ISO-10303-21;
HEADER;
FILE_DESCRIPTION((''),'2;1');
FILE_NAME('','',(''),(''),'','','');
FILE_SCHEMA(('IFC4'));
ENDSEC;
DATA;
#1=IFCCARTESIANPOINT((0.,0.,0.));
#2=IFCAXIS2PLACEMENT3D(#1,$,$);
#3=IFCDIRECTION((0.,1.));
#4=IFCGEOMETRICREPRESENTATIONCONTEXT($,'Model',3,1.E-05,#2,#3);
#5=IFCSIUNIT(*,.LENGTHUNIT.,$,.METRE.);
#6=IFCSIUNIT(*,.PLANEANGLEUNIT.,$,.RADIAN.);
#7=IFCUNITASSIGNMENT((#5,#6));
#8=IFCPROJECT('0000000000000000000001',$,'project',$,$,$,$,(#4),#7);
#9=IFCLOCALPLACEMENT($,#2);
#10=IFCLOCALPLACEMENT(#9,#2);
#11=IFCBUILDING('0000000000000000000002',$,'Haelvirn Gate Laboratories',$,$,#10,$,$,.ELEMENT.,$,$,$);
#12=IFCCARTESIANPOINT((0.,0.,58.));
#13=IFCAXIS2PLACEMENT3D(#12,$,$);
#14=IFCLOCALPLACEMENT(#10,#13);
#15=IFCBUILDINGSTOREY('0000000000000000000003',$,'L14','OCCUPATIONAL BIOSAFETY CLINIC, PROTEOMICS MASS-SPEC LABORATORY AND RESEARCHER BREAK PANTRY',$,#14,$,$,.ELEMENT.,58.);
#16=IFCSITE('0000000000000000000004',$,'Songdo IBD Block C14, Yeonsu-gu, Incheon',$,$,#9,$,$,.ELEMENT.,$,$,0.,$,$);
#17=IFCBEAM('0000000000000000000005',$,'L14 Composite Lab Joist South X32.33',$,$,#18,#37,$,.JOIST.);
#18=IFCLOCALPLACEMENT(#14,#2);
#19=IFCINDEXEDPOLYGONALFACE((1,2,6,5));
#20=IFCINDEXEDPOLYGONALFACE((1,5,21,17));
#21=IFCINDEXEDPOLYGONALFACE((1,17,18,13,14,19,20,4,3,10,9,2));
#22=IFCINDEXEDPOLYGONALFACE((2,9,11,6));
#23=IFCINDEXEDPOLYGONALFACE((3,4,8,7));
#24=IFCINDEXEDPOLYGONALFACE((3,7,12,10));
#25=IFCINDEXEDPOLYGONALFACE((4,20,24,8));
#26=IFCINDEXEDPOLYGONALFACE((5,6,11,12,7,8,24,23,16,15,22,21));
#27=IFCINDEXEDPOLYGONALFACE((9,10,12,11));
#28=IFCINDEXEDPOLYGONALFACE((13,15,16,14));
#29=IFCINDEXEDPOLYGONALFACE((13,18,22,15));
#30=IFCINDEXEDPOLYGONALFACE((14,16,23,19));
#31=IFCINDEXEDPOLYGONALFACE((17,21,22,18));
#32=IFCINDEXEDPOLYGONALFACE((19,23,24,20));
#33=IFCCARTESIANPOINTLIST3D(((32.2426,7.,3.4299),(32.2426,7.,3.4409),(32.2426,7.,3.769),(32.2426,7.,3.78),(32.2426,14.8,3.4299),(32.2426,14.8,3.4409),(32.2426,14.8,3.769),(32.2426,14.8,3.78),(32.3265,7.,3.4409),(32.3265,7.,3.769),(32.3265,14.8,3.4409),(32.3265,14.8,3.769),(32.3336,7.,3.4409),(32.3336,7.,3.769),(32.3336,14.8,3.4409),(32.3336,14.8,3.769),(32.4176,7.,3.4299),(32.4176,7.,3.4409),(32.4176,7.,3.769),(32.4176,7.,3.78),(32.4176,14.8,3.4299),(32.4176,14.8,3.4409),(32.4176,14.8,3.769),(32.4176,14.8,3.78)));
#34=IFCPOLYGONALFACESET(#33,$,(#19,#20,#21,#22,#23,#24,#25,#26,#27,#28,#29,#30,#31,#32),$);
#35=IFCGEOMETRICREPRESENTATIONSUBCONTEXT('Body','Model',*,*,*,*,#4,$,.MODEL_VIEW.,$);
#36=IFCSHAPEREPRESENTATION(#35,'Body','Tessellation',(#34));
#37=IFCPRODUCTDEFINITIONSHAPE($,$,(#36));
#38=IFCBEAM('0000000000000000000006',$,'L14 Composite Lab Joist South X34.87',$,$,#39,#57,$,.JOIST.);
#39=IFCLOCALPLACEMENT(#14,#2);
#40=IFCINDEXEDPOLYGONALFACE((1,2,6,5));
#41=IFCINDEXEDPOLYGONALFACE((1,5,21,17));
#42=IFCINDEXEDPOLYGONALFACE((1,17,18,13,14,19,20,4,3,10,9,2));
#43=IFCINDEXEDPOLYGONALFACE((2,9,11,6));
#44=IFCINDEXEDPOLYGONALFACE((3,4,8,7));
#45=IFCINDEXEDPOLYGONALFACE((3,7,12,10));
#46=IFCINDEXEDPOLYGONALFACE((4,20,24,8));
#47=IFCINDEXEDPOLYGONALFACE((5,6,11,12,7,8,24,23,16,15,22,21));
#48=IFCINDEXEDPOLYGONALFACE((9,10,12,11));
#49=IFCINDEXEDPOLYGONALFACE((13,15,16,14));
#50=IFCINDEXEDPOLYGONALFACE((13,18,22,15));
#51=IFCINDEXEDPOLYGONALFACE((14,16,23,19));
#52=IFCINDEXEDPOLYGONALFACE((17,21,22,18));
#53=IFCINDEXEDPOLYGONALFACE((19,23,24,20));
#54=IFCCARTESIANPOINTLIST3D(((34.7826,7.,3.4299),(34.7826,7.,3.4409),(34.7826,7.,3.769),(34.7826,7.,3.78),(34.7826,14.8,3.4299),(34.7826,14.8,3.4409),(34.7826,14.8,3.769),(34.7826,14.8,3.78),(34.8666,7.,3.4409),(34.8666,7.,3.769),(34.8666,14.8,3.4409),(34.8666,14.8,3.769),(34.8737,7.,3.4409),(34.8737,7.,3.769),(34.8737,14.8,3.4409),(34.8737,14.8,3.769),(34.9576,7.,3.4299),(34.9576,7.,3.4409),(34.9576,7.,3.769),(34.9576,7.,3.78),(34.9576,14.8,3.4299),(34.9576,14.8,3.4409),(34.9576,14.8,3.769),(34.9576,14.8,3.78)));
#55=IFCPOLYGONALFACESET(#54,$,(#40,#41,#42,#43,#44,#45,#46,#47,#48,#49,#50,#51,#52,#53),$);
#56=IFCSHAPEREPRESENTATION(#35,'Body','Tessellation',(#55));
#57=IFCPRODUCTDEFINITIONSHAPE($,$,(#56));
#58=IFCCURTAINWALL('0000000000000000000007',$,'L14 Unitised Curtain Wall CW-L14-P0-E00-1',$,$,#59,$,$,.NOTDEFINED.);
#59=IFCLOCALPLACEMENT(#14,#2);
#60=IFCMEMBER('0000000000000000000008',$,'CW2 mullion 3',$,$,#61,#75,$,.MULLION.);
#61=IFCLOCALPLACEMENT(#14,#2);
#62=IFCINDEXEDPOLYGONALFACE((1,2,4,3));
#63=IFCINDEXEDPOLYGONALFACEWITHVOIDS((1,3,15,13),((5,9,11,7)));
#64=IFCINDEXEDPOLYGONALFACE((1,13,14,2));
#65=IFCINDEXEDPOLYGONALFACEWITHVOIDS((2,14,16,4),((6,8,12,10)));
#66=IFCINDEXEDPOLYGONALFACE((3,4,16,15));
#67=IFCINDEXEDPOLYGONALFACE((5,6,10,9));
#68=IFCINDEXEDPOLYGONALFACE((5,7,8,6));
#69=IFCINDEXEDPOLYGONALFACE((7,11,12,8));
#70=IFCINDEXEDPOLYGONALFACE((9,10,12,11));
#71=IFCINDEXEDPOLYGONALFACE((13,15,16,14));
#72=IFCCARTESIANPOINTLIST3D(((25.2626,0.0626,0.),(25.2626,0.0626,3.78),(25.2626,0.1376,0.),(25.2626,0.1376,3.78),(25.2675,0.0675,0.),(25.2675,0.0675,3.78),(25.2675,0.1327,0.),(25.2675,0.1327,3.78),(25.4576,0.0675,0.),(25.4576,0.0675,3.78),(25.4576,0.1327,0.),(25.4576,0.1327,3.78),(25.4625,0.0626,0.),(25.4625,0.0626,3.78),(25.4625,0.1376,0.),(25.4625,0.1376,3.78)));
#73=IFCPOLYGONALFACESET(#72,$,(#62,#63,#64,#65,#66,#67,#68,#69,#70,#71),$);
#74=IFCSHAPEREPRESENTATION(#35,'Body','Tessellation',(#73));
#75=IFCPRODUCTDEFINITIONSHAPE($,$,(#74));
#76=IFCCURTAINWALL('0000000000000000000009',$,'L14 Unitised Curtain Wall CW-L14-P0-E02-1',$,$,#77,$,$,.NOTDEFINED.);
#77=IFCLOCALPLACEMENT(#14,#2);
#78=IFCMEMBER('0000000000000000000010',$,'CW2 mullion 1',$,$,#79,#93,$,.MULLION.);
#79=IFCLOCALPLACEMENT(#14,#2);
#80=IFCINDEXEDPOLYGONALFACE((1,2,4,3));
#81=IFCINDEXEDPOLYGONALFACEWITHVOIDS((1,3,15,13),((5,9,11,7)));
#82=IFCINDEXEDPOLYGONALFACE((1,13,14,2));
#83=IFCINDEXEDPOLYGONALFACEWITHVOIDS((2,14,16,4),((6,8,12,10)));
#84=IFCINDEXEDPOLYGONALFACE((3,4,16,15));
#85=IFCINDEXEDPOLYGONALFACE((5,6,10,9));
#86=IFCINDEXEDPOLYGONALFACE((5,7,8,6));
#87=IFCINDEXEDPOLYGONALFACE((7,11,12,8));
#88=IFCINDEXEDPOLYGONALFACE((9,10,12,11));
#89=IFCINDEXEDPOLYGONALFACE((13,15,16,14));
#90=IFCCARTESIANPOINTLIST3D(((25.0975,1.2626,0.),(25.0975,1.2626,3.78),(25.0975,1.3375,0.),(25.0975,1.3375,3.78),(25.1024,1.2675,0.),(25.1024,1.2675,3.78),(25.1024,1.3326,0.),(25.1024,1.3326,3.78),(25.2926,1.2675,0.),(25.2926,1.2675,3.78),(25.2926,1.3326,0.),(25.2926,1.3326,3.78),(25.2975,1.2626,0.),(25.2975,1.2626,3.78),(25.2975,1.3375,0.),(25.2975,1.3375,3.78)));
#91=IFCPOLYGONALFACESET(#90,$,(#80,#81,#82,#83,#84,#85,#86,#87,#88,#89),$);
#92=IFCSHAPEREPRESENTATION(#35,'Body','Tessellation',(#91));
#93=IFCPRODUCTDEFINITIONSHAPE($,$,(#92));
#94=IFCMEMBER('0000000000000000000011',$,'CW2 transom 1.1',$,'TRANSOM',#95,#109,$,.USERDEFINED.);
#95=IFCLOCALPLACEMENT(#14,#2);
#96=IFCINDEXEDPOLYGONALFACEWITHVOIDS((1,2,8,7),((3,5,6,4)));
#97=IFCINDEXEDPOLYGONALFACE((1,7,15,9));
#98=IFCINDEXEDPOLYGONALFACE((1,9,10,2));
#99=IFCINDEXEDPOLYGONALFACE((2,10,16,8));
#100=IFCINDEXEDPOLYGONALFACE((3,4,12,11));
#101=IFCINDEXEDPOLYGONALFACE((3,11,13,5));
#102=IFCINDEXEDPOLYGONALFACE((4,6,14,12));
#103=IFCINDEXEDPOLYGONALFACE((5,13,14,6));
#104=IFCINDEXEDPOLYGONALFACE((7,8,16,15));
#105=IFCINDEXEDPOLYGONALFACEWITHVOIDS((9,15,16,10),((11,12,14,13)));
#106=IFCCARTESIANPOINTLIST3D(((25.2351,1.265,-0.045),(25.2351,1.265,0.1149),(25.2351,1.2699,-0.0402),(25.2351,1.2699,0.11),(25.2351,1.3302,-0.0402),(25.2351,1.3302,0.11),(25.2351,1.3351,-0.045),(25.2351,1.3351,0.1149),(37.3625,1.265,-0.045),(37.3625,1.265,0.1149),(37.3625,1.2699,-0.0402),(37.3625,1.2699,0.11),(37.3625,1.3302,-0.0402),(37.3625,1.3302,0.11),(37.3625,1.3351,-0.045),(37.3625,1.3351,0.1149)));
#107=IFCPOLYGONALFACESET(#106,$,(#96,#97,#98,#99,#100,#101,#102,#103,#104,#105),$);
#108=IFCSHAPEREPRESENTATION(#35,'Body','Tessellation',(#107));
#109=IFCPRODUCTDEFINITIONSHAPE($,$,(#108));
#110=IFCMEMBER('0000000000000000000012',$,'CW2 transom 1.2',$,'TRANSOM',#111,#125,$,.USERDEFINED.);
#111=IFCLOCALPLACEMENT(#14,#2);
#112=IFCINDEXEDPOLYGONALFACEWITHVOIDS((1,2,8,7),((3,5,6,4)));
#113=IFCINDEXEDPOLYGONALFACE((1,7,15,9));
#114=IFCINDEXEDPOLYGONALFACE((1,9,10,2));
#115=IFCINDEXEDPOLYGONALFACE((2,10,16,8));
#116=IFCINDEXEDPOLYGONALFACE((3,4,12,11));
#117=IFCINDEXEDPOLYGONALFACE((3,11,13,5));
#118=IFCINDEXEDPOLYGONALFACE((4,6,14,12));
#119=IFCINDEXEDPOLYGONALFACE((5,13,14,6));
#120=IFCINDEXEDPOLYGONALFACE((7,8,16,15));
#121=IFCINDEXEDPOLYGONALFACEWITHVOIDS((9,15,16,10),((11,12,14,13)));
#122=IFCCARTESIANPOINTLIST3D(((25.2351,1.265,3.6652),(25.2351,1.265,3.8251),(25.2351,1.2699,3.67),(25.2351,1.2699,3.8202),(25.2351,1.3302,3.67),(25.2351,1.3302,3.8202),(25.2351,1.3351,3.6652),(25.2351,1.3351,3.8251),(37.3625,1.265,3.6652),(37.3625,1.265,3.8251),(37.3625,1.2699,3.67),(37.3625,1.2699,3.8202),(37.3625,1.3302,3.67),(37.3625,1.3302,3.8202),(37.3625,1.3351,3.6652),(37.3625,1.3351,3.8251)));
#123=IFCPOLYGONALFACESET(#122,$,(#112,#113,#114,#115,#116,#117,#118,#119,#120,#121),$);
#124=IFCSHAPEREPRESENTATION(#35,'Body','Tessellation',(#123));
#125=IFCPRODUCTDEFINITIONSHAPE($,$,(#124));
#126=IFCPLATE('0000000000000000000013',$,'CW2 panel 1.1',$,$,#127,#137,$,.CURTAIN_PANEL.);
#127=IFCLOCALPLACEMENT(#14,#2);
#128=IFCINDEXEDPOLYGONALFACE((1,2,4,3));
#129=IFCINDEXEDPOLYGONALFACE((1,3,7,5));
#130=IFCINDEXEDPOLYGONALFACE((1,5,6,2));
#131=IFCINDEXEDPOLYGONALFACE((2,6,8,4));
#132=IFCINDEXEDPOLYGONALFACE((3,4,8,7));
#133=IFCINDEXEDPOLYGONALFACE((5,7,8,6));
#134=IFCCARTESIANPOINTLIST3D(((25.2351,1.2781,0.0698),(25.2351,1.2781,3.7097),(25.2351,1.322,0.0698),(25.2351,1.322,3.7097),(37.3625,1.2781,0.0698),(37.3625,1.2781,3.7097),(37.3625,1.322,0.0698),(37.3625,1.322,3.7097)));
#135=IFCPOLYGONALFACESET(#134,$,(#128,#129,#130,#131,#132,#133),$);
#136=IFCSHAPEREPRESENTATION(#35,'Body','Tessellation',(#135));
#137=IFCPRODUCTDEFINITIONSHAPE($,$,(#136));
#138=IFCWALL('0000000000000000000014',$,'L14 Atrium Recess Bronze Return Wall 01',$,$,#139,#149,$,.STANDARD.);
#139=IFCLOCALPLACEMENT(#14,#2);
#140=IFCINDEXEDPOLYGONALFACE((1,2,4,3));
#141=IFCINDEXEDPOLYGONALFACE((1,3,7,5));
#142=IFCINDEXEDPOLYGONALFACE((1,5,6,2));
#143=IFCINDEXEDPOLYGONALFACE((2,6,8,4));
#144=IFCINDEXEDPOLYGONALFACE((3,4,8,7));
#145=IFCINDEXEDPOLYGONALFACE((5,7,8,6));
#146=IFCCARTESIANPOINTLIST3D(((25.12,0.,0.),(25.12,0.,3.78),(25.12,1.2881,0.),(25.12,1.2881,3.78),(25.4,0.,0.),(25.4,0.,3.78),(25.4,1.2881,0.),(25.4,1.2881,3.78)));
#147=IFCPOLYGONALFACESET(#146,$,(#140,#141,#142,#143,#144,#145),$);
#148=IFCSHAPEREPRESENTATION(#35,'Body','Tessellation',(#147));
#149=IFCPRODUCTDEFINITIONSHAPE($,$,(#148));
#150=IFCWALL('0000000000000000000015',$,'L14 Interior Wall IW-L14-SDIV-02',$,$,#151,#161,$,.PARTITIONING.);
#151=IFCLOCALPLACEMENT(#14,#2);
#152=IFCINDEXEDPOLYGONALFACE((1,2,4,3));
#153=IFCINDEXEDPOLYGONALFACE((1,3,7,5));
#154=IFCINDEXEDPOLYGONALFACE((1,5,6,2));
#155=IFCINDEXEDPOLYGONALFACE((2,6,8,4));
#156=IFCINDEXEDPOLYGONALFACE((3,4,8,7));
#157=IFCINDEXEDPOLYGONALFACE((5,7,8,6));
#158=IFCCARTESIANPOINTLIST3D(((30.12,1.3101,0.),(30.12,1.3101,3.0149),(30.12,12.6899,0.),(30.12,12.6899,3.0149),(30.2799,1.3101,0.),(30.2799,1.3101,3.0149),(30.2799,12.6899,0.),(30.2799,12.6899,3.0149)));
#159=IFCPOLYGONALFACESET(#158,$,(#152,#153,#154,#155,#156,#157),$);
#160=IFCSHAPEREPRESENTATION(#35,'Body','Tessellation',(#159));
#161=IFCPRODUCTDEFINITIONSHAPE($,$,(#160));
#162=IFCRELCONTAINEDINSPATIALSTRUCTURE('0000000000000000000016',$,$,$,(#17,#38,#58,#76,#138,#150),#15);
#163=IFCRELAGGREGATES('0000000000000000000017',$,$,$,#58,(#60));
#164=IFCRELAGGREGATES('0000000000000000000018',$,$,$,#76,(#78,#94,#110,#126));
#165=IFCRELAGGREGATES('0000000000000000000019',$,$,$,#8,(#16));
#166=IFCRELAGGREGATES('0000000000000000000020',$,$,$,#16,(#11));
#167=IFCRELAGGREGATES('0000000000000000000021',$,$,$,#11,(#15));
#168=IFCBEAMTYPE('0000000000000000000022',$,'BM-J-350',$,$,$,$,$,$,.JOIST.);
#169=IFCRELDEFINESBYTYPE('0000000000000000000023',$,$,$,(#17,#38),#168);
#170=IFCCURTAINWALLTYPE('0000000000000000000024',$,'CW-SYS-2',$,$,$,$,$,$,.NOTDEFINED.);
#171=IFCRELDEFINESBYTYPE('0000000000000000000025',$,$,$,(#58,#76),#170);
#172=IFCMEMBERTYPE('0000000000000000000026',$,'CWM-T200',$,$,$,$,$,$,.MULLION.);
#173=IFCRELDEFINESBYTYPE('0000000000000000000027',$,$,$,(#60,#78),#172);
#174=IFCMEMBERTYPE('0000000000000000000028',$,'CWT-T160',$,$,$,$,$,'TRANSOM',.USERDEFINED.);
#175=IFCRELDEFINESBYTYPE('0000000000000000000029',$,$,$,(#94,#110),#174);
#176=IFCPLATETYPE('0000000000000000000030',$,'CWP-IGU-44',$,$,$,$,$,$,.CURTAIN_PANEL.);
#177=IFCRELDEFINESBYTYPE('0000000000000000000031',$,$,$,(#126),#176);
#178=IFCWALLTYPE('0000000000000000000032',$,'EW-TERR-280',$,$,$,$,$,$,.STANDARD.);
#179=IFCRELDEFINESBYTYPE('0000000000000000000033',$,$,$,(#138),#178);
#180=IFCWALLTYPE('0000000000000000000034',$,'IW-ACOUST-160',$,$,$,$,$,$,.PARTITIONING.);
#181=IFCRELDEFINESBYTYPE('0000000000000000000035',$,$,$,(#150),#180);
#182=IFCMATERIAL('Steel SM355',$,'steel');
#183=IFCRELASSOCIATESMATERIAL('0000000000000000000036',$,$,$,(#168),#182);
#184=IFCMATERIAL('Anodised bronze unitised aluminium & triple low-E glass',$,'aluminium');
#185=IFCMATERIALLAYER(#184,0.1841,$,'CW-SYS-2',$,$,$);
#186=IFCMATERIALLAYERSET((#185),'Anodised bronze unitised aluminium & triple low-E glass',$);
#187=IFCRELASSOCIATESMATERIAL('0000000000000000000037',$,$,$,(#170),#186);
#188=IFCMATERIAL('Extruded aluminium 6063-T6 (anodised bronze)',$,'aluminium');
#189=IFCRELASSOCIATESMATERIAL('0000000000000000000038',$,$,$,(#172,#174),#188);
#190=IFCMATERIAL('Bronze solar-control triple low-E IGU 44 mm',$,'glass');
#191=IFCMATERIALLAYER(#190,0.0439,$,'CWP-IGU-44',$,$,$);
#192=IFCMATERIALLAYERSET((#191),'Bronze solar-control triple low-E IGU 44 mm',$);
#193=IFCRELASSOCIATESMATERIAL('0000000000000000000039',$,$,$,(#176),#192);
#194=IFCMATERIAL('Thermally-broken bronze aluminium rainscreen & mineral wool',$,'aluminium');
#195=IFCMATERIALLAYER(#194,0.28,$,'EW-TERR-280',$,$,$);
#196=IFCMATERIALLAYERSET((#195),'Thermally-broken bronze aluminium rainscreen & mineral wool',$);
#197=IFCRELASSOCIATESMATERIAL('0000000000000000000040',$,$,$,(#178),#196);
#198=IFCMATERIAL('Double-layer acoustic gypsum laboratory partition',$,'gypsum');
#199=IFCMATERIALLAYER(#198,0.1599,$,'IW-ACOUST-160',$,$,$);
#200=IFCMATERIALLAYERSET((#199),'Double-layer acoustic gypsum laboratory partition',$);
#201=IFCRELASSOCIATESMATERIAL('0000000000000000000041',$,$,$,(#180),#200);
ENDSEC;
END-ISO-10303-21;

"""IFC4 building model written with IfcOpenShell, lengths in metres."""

from ifc_helpers import new_model, si_unit, direction, frame, frame_2d, origin, origin_2d, place, context, subcontext, project, spatial, rectangle, hollow_rectangle, i_section, extrude, source, transform, mapped, material, layer, layer_set, material_profile, profile_set, type_object, type_shapes, element, aggregate, save


model = new_model("IFC4")

# Units and contexts
model_context = context("Model", 3, precision=1e-05, world=origin(), true_north=direction((0.0, 1.0)))
body_context = subcontext(model_context, "Body", "Model", "MODEL_VIEW")
ifc_project = project(units=[si_unit("LENGTHUNIT", "METRE"), si_unit("PLANEANGLEUNIT", "RADIAN")], contexts=[model_context])

# Site, building, storey
site_placement = place(None, origin())
site = spatial("IfcSite", under=ifc_project, at=site_placement, Name="Songdo IBD Block C14, Yeonsu-gu, Incheon", CompositionType="ELEMENT", RefElevation=0.0)
building_placement = place(site_placement, origin())
building = spatial("IfcBuilding", under=site, at=building_placement, Name="Haelvirn Gate Laboratories", CompositionType="ELEMENT")
storey_placement = place(building_placement, frame((0.0, 0.0, 58.0)))
storey = spatial("IfcBuildingStorey", under=building, at=storey_placement, Name="L14", Description="OCCUPATIONAL BIOSAFETY CLINIC, PROTEOMICS MASS-SPEC LABORATORY AND RESEARCHER BREAK PANTRY", CompositionType="ELEMENT", Elevation=58.0)

# Beams
ifc_material_1 = material(Name="Steel SM355", Category="steel")
ifc_material_profile_1 = material_profile(ifc_material_1, i_section(OverallWidth=0.175, OverallDepth=0.3501, WebThickness=0.0071, FlangeThickness=0.011, at=origin_2d()), Name="H-350x175x7x11")
ifc_profile_set_1 = profile_set([ifc_material_profile_1], Name="Steel SM355")
beam_type_1 = type_object("IfcBeamType", Name="BM-J-350", PredefinedType="JOIST", material=ifc_profile_set_1)
shared_shape_1 = source(origin(), body_context, "Body", "SweptSolid", [
    extrude(i_section(OverallWidth=0.175, OverallDepth=0.3501, WebThickness=0.0071, FlangeThickness=0.011, at=origin_2d()), origin(), (0.0, 0.0, 1.0), 7.8),
])
type_shapes(beam_type_1, [shared_shape_1])
for number, where, z_axis, x_axis, name in (
    (1, (32.3301, 7.0, 3.605), (0.0, 1.0, 0.0), (-1.0, 0.0, 0.0), "L14 Composite Lab Joist South X32.33"),
    (2, (34.8701, 7.0, 3.605), (0.0, 1.0, 0.0), (-1.0, 0.0, 0.0), "L14 Composite Lab Joist South X34.87"),
):
    element("IfcBeam", number, at=place(storey_placement, frame(where, z_axis=z_axis, x_axis=x_axis)), inside=storey, type_object=beam_type_1, Name=name, PredefinedType="JOIST", context=body_context, shape_type="MappedRepresentation", body=[
        mapped(shared_shape_1, transform((0.0, 0.0, 0.0), scale=1.0)),
    ])

# Curtain wall, member
ifc_material_2 = material(Name="Anodised bronze unitised aluminium & triple low-E glass", Category="aluminium")
ifc_layer_1 = layer(ifc_material_2, 0.1841, Name="CW-SYS-2")
ifc_layer_set_1 = layer_set([ifc_layer_1], Name="Anodised bronze unitised aluminium & triple low-E glass")
curtain_wall_type = type_object("IfcCurtainWallType", Name="CW-SYS-2", PredefinedType="NOTDEFINED", material=ifc_layer_set_1)
curtain_wall_1_placement = place(storey_placement, origin())
curtain_wall_1 = element("IfcCurtainWall", 3, at=curtain_wall_1_placement, inside=storey, type_object=curtain_wall_type, Name="L14 Unitised Curtain Wall CW-L14-P0-E00-1", PredefinedType="NOTDEFINED")
ifc_material_3 = material(Name="Extruded aluminium 6063-T6 (anodised bronze)", Category="aluminium")
ifc_material_profile_2 = material_profile(ifc_material_3, hollow_rectangle(XDim=0.075, YDim=0.2, WallThickness=0.0049, at=origin_2d()), Name="CWM-200x75x5")
ifc_profile_set_2 = profile_set([ifc_material_profile_2], Name="Extruded aluminium 6063-T6 (anodised bronze)")
member_type_1 = type_object("IfcMemberType", Name="CWM-T200", PredefinedType="MULLION", material=ifc_profile_set_2)
shared_shape_2 = source(origin(), body_context, "Body", "SweptSolid", [
    extrude(hollow_rectangle(XDim=0.075, YDim=0.2, WallThickness=0.0049, at=origin_2d()), origin(), (0.0, 0.0, 1.0), 3.78),
])
type_shapes(member_type_1, [shared_shape_2])
member_1_placement = place(storey_placement, frame((25.3625, 0.1001, 0.0), z_axis=(0.0, 0.0, 1.0), x_axis=(0.0, 1.0, 0.0)))
member_1 = element("IfcMember", 4, at=member_1_placement, type_object=member_type_1, Name="CW2 mullion 3", PredefinedType="MULLION", context=body_context, shape_type="MappedRepresentation", body=[
    mapped(shared_shape_2, transform((0.0, 0.0, 0.0), scale=1.0)),
])
aggregate(curtain_wall_1, [member_1])

# Curtain wall, members, plate
curtain_wall_2_placement = place(storey_placement, origin())
curtain_wall_2 = element("IfcCurtainWall", 5, at=curtain_wall_2_placement, inside=storey, type_object=curtain_wall_type, Name="L14 Unitised Curtain Wall CW-L14-P0-E02-1", PredefinedType="NOTDEFINED")
member_2_placement = place(storey_placement, frame((25.1975, 1.3, 0.0), z_axis=(0.0, 0.0, 1.0), x_axis=(0.0, 1.0, 0.0)))
member_2 = element("IfcMember", 6, at=member_2_placement, type_object=member_type_1, Name="CW2 mullion 1", PredefinedType="MULLION", context=body_context, shape_type="MappedRepresentation", body=[
    mapped(shared_shape_2, transform((0.0, 0.0, 0.0), scale=1.0)),
])
ifc_material_profile_3 = material_profile(ifc_material_3, hollow_rectangle(XDim=0.0701, YDim=0.1599, WallThickness=0.0049, at=origin_2d()), Name="CWT-160x70x5")
ifc_profile_set_3 = profile_set([ifc_material_profile_3], Name="Extruded aluminium 6063-T6 (anodised bronze)")
member_type_2 = type_object("IfcMemberType", Name="CWT-T160", ElementType="TRANSOM", PredefinedType="USERDEFINED", material=ifc_profile_set_3)
shared_shape_3 = source(origin(), body_context, "Body", "SweptSolid", [
    extrude(hollow_rectangle(XDim=0.0701, YDim=0.1599, WallThickness=0.0049, at=origin_2d()), origin(), (0.0, 0.0, 1.0), 12.1274),
])
type_shapes(member_type_2, [shared_shape_3])
member_3_placement = place(storey_placement, frame((25.2351, 1.3, 0.0349), z_axis=(1.0, 0.0, 0.0), x_axis=(0.0, 1.0, 0.0)))
member_3 = element("IfcMember", 7, at=member_3_placement, type_object=member_type_2, Name="CW2 transom 1.1", ObjectType="TRANSOM", PredefinedType="USERDEFINED", context=body_context, shape_type="MappedRepresentation", body=[
    mapped(shared_shape_3, transform((0.0, 0.0, 0.0), scale=1.0)),
])
member_4_placement = place(storey_placement, frame((25.2351, 1.3, 3.7451), z_axis=(1.0, 0.0, 0.0), x_axis=(0.0, 1.0, 0.0)))
member_4 = element("IfcMember", 8, at=member_4_placement, type_object=member_type_2, Name="CW2 transom 1.2", ObjectType="TRANSOM", PredefinedType="USERDEFINED", context=body_context, shape_type="MappedRepresentation", body=[
    mapped(shared_shape_3, transform((0.0, 0.0, 0.0), scale=1.0)),
])
ifc_material_4 = material(Name="Bronze solar-control triple low-E IGU 44 mm", Category="glass")
ifc_layer_2 = layer(ifc_material_4, 0.0439, Name="CWP-IGU-44")
ifc_layer_set_2 = layer_set([ifc_layer_2], Name="Bronze solar-control triple low-E IGU 44 mm")
plate_type = type_object("IfcPlateType", Name="CWP-IGU-44", PredefinedType="CURTAIN_PANEL", material=ifc_layer_set_2)
shared_shape_4 = source(origin(), body_context, "Body", "SweptSolid", [
    extrude(rectangle(XDim=12.1274, YDim=0.0439, at=origin_2d()), origin(), (0.0, 0.0, 1.0), 3.6399),
])
type_shapes(plate_type, [shared_shape_4])
plate_placement = place(storey_placement, frame((31.2988, 1.3, 0.0698), z_axis=(0.0, 0.0, 1.0), x_axis=(1.0, 0.0, 0.0)))
plate = element("IfcPlate", 9, at=plate_placement, type_object=plate_type, Name="CW2 panel 1.1", PredefinedType="CURTAIN_PANEL", context=body_context, shape_type="MappedRepresentation", body=[
    mapped(shared_shape_4, transform((0.0, 0.0, 0.0), scale=1.0)),
])
aggregate(curtain_wall_2, [member_2, member_3, member_4, plate])

# Walls
ifc_material_5 = material(Name="Thermally-broken bronze aluminium rainscreen & mineral wool", Category="aluminium")
ifc_layer_3 = layer(ifc_material_5, 0.28, Name="EW-TERR-280")
ifc_layer_set_3 = layer_set([ifc_layer_3], Name="Thermally-broken bronze aluminium rainscreen & mineral wool")
wall_type_1 = type_object("IfcWallType", Name="EW-TERR-280", PredefinedType="STANDARD", material=ifc_layer_set_3)
wall_1_placement = place(storey_placement, frame((25.26, 0.0, 0.0), z_axis=(0.0, 0.0, 1.0), x_axis=(0.0, 1.0, 0.0)))
element("IfcWall", 10, at=wall_1_placement, inside=storey, type_object=wall_type_1, Name="L14 Atrium Recess Bronze Return Wall 01", PredefinedType="STANDARD", context=body_context, shape_type="SweptSolid", body=[
    extrude(rectangle(XDim=1.2881, YDim=0.28, at=frame_2d((0.644, 0.0))), origin(), (0.0, 0.0, 1.0), 3.78),
])
ifc_material_6 = material(Name="Double-layer acoustic gypsum laboratory partition", Category="gypsum")
ifc_layer_4 = layer(ifc_material_6, 0.1599, Name="IW-ACOUST-160")
ifc_layer_set_4 = layer_set([ifc_layer_4], Name="Double-layer acoustic gypsum laboratory partition")
wall_type_2 = type_object("IfcWallType", Name="IW-ACOUST-160", PredefinedType="PARTITIONING", material=ifc_layer_set_4)
wall_2_placement = place(storey_placement, frame((30.2, 1.3101, 0.0), z_axis=(0.0, 0.0, 1.0), x_axis=(0.0, 1.0, 0.0)))
element("IfcWall", 11, at=wall_2_placement, inside=storey, type_object=wall_type_2, Name="L14 Interior Wall IW-L14-SDIV-02", PredefinedType="PARTITIONING", context=body_context, shape_type="SweptSolid", body=[
    extrude(rectangle(XDim=11.3799, YDim=0.1599, at=frame_2d((5.6899, 0.0))), origin(), (0.0, 0.0, 1.0), 3.0149),
])

save(model, "model.ifc")
